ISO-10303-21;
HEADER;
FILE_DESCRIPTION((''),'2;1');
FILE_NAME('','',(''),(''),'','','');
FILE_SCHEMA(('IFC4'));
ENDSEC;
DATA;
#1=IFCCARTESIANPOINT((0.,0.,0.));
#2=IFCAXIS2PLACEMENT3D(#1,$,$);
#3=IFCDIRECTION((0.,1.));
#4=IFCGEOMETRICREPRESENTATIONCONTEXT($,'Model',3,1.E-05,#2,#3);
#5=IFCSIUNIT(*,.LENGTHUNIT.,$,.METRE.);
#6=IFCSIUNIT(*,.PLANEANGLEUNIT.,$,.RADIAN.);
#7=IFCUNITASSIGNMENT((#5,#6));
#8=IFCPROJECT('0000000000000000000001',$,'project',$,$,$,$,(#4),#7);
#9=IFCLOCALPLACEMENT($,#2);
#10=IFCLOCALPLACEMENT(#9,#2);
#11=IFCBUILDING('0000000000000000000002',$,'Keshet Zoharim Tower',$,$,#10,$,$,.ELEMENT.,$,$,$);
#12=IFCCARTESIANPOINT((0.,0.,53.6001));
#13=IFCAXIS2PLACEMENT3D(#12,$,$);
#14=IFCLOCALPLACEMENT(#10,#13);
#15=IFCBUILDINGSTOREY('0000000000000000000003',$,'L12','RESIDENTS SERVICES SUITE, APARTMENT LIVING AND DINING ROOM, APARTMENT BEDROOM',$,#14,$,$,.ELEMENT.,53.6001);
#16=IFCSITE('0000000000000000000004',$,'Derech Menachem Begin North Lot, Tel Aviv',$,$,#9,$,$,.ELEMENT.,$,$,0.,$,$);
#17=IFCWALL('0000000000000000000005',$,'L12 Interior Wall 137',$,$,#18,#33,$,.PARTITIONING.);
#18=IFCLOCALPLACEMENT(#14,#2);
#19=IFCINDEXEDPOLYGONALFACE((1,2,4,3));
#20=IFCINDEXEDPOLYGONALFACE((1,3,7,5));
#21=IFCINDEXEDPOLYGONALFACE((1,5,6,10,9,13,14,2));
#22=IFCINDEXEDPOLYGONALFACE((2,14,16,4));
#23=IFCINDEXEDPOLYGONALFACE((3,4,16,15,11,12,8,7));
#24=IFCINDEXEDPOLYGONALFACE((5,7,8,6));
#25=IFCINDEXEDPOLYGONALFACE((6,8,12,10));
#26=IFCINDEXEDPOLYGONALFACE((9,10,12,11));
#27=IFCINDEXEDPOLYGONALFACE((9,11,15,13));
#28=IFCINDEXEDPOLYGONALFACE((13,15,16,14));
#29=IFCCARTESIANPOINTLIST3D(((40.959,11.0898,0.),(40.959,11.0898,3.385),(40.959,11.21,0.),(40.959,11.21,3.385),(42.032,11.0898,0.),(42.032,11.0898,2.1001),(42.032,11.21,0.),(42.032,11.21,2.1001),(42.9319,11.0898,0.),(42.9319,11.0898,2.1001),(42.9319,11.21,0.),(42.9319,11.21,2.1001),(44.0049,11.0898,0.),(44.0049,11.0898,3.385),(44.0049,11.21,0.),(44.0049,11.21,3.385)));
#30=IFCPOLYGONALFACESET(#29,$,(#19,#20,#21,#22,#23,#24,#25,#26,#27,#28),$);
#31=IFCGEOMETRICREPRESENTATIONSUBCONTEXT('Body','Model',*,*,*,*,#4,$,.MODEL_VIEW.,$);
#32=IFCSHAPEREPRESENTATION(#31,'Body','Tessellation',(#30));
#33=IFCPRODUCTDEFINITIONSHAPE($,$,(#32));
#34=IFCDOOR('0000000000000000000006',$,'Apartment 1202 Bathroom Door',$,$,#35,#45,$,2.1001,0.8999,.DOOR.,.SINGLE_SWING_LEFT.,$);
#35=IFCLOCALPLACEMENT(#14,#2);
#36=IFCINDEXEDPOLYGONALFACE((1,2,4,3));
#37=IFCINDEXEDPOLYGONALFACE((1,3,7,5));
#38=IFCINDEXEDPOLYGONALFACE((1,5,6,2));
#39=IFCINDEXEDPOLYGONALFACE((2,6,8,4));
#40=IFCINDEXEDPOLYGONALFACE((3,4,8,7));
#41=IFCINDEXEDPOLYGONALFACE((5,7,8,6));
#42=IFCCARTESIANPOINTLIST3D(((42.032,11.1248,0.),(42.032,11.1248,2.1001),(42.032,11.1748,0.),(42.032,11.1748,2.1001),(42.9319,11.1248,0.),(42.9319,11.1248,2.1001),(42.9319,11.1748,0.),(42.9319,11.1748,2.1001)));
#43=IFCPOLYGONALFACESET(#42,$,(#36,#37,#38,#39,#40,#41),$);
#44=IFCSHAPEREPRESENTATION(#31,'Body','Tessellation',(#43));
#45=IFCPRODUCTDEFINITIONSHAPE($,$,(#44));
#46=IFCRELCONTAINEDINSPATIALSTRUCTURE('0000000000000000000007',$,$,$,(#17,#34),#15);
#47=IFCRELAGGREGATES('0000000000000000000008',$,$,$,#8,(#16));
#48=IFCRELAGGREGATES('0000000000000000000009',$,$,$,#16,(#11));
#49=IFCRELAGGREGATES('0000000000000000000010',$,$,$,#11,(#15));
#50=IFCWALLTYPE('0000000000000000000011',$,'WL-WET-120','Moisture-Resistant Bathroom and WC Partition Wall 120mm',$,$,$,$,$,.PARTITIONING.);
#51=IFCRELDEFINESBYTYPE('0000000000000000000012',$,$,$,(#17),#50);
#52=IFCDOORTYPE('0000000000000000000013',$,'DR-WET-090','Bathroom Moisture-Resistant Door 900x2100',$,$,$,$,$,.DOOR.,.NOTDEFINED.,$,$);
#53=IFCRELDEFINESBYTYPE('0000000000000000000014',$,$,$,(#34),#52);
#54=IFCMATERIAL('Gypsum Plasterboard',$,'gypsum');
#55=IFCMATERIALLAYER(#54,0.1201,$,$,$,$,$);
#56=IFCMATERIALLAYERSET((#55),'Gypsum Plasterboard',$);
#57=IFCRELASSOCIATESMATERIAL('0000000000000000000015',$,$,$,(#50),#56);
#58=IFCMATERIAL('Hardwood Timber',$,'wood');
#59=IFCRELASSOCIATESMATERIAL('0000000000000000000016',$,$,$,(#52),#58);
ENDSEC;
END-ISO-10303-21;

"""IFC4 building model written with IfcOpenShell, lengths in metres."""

from ifc_helpers import new_model, si_unit, direction, frame, frame_2d, origin, place, context, subcontext, project, spatial, rectangle, extrude, material, layer, layer_set, type_object, element, fill, save


model = new_model("IFC4")

# Units and contexts
model_context = context("Model", 3, precision=1e-05, world=origin(), true_north=direction((0.0, 1.0)))
body_context = subcontext(model_context, "Body", "Model", "MODEL_VIEW")
ifc_project = project(units=[si_unit("LENGTHUNIT", "METRE"), si_unit("PLANEANGLEUNIT", "RADIAN")], contexts=[model_context])

# Site, building, storey
site_placement = place(None, origin())
site = spatial("IfcSite", under=ifc_project, at=site_placement, Name="Derech Menachem Begin North Lot, Tel Aviv", CompositionType="ELEMENT", RefElevation=0.0)
building_placement = place(site_placement, origin())
building = spatial("IfcBuilding", under=site, at=building_placement, Name="Keshet Zoharim Tower", CompositionType="ELEMENT")
storey_placement = place(building_placement, frame((0.0, 0.0, 53.6001)))
storey = spatial("IfcBuildingStorey", under=building, at=storey_placement, Name="L12", Description="RESIDENTS SERVICES SUITE, APARTMENT LIVING AND DINING ROOM, APARTMENT BEDROOM", CompositionType="ELEMENT", Elevation=53.6001)

# Shared definitions
ifc_material_1 = material(Name="Gypsum Plasterboard", Category="gypsum")

# Shared definitions
ifc_material_2 = material(Name="Hardwood Timber", Category="wood")

# Shared definitions
ifc_layer_1 = layer(ifc_material_1, 0.1201)
ifc_layer_set_1 = layer_set([ifc_layer_1], Name="Gypsum Plasterboard")
wall_type_1 = type_object("IfcWallType", Name="WL-WET-120", Description="Moisture-Resistant Bathroom and WC Partition Wall 120mm", PredefinedType="PARTITIONING", material=ifc_layer_set_1)

# Wall, opening, door
wall_1_placement = place(storey_placement, frame((40.959, 11.1499, 0.0), z_axis=(0.0, 0.0, 1.0), x_axis=(1.0, 0.0, 0.0)))
wall_1 = element("IfcWall", 1, at=wall_1_placement, inside=storey, type_object=wall_type_1, Name="L12 Interior Wall 137", PredefinedType="PARTITIONING", context=body_context, shape_type="SweptSolid", body=[
    extrude(rectangle(XDim=3.0459, YDim=0.1201, at=frame_2d((1.5229, 0.0))), origin(), (0.0, 0.0, 1.0), 3.385),
])
opening_1_placement = place(wall_1_placement, frame((1.073, 0.0, 0.0)))
opening_1 = element("IfcOpeningElement", 2, at=opening_1_placement, cuts=wall_1, PredefinedType="OPENING", context=body_context, shape_type="SweptSolid", body=[
    extrude(rectangle(XDim=0.8999, YDim=2.1001, at=frame_2d((0.45, 1.05))), frame((0.0, 0.0701, 0.0), z_axis=(0.0, -1.0, 0.0), x_axis=(1.0, 0.0, 0.0)), (0.0, 0.0, 1.0), 0.1401),
])
door_type_1 = type_object("IfcDoorType", Name="DR-WET-090", Description="Bathroom Moisture-Resistant Door 900x2100", OperationType="NOTDEFINED", PredefinedType="DOOR", material=ifc_material_2)
door_1_placement = place(opening_1_placement, origin())
door_1 = element("IfcDoor", 3, at=door_1_placement, inside=storey, type_object=door_type_1, Name="Apartment 1202 Bathroom Door", OperationType="SINGLE_SWING_LEFT", OverallHeight=2.1001, OverallWidth=0.8999, PredefinedType="DOOR", context=body_context, shape_type="SweptSolid", body=[
    extrude(rectangle(XDim=0.8999, YDim=2.1001, at=frame_2d((0.45, 1.05))), frame((0.0, 0.0249, 0.0), z_axis=(0.0, -1.0, 0.0), x_axis=(1.0, 0.0, 0.0)), (0.0, 0.0, 1.0), 0.05),
])
fill(opening_1, door_1)

save(model, "model.ifc")
